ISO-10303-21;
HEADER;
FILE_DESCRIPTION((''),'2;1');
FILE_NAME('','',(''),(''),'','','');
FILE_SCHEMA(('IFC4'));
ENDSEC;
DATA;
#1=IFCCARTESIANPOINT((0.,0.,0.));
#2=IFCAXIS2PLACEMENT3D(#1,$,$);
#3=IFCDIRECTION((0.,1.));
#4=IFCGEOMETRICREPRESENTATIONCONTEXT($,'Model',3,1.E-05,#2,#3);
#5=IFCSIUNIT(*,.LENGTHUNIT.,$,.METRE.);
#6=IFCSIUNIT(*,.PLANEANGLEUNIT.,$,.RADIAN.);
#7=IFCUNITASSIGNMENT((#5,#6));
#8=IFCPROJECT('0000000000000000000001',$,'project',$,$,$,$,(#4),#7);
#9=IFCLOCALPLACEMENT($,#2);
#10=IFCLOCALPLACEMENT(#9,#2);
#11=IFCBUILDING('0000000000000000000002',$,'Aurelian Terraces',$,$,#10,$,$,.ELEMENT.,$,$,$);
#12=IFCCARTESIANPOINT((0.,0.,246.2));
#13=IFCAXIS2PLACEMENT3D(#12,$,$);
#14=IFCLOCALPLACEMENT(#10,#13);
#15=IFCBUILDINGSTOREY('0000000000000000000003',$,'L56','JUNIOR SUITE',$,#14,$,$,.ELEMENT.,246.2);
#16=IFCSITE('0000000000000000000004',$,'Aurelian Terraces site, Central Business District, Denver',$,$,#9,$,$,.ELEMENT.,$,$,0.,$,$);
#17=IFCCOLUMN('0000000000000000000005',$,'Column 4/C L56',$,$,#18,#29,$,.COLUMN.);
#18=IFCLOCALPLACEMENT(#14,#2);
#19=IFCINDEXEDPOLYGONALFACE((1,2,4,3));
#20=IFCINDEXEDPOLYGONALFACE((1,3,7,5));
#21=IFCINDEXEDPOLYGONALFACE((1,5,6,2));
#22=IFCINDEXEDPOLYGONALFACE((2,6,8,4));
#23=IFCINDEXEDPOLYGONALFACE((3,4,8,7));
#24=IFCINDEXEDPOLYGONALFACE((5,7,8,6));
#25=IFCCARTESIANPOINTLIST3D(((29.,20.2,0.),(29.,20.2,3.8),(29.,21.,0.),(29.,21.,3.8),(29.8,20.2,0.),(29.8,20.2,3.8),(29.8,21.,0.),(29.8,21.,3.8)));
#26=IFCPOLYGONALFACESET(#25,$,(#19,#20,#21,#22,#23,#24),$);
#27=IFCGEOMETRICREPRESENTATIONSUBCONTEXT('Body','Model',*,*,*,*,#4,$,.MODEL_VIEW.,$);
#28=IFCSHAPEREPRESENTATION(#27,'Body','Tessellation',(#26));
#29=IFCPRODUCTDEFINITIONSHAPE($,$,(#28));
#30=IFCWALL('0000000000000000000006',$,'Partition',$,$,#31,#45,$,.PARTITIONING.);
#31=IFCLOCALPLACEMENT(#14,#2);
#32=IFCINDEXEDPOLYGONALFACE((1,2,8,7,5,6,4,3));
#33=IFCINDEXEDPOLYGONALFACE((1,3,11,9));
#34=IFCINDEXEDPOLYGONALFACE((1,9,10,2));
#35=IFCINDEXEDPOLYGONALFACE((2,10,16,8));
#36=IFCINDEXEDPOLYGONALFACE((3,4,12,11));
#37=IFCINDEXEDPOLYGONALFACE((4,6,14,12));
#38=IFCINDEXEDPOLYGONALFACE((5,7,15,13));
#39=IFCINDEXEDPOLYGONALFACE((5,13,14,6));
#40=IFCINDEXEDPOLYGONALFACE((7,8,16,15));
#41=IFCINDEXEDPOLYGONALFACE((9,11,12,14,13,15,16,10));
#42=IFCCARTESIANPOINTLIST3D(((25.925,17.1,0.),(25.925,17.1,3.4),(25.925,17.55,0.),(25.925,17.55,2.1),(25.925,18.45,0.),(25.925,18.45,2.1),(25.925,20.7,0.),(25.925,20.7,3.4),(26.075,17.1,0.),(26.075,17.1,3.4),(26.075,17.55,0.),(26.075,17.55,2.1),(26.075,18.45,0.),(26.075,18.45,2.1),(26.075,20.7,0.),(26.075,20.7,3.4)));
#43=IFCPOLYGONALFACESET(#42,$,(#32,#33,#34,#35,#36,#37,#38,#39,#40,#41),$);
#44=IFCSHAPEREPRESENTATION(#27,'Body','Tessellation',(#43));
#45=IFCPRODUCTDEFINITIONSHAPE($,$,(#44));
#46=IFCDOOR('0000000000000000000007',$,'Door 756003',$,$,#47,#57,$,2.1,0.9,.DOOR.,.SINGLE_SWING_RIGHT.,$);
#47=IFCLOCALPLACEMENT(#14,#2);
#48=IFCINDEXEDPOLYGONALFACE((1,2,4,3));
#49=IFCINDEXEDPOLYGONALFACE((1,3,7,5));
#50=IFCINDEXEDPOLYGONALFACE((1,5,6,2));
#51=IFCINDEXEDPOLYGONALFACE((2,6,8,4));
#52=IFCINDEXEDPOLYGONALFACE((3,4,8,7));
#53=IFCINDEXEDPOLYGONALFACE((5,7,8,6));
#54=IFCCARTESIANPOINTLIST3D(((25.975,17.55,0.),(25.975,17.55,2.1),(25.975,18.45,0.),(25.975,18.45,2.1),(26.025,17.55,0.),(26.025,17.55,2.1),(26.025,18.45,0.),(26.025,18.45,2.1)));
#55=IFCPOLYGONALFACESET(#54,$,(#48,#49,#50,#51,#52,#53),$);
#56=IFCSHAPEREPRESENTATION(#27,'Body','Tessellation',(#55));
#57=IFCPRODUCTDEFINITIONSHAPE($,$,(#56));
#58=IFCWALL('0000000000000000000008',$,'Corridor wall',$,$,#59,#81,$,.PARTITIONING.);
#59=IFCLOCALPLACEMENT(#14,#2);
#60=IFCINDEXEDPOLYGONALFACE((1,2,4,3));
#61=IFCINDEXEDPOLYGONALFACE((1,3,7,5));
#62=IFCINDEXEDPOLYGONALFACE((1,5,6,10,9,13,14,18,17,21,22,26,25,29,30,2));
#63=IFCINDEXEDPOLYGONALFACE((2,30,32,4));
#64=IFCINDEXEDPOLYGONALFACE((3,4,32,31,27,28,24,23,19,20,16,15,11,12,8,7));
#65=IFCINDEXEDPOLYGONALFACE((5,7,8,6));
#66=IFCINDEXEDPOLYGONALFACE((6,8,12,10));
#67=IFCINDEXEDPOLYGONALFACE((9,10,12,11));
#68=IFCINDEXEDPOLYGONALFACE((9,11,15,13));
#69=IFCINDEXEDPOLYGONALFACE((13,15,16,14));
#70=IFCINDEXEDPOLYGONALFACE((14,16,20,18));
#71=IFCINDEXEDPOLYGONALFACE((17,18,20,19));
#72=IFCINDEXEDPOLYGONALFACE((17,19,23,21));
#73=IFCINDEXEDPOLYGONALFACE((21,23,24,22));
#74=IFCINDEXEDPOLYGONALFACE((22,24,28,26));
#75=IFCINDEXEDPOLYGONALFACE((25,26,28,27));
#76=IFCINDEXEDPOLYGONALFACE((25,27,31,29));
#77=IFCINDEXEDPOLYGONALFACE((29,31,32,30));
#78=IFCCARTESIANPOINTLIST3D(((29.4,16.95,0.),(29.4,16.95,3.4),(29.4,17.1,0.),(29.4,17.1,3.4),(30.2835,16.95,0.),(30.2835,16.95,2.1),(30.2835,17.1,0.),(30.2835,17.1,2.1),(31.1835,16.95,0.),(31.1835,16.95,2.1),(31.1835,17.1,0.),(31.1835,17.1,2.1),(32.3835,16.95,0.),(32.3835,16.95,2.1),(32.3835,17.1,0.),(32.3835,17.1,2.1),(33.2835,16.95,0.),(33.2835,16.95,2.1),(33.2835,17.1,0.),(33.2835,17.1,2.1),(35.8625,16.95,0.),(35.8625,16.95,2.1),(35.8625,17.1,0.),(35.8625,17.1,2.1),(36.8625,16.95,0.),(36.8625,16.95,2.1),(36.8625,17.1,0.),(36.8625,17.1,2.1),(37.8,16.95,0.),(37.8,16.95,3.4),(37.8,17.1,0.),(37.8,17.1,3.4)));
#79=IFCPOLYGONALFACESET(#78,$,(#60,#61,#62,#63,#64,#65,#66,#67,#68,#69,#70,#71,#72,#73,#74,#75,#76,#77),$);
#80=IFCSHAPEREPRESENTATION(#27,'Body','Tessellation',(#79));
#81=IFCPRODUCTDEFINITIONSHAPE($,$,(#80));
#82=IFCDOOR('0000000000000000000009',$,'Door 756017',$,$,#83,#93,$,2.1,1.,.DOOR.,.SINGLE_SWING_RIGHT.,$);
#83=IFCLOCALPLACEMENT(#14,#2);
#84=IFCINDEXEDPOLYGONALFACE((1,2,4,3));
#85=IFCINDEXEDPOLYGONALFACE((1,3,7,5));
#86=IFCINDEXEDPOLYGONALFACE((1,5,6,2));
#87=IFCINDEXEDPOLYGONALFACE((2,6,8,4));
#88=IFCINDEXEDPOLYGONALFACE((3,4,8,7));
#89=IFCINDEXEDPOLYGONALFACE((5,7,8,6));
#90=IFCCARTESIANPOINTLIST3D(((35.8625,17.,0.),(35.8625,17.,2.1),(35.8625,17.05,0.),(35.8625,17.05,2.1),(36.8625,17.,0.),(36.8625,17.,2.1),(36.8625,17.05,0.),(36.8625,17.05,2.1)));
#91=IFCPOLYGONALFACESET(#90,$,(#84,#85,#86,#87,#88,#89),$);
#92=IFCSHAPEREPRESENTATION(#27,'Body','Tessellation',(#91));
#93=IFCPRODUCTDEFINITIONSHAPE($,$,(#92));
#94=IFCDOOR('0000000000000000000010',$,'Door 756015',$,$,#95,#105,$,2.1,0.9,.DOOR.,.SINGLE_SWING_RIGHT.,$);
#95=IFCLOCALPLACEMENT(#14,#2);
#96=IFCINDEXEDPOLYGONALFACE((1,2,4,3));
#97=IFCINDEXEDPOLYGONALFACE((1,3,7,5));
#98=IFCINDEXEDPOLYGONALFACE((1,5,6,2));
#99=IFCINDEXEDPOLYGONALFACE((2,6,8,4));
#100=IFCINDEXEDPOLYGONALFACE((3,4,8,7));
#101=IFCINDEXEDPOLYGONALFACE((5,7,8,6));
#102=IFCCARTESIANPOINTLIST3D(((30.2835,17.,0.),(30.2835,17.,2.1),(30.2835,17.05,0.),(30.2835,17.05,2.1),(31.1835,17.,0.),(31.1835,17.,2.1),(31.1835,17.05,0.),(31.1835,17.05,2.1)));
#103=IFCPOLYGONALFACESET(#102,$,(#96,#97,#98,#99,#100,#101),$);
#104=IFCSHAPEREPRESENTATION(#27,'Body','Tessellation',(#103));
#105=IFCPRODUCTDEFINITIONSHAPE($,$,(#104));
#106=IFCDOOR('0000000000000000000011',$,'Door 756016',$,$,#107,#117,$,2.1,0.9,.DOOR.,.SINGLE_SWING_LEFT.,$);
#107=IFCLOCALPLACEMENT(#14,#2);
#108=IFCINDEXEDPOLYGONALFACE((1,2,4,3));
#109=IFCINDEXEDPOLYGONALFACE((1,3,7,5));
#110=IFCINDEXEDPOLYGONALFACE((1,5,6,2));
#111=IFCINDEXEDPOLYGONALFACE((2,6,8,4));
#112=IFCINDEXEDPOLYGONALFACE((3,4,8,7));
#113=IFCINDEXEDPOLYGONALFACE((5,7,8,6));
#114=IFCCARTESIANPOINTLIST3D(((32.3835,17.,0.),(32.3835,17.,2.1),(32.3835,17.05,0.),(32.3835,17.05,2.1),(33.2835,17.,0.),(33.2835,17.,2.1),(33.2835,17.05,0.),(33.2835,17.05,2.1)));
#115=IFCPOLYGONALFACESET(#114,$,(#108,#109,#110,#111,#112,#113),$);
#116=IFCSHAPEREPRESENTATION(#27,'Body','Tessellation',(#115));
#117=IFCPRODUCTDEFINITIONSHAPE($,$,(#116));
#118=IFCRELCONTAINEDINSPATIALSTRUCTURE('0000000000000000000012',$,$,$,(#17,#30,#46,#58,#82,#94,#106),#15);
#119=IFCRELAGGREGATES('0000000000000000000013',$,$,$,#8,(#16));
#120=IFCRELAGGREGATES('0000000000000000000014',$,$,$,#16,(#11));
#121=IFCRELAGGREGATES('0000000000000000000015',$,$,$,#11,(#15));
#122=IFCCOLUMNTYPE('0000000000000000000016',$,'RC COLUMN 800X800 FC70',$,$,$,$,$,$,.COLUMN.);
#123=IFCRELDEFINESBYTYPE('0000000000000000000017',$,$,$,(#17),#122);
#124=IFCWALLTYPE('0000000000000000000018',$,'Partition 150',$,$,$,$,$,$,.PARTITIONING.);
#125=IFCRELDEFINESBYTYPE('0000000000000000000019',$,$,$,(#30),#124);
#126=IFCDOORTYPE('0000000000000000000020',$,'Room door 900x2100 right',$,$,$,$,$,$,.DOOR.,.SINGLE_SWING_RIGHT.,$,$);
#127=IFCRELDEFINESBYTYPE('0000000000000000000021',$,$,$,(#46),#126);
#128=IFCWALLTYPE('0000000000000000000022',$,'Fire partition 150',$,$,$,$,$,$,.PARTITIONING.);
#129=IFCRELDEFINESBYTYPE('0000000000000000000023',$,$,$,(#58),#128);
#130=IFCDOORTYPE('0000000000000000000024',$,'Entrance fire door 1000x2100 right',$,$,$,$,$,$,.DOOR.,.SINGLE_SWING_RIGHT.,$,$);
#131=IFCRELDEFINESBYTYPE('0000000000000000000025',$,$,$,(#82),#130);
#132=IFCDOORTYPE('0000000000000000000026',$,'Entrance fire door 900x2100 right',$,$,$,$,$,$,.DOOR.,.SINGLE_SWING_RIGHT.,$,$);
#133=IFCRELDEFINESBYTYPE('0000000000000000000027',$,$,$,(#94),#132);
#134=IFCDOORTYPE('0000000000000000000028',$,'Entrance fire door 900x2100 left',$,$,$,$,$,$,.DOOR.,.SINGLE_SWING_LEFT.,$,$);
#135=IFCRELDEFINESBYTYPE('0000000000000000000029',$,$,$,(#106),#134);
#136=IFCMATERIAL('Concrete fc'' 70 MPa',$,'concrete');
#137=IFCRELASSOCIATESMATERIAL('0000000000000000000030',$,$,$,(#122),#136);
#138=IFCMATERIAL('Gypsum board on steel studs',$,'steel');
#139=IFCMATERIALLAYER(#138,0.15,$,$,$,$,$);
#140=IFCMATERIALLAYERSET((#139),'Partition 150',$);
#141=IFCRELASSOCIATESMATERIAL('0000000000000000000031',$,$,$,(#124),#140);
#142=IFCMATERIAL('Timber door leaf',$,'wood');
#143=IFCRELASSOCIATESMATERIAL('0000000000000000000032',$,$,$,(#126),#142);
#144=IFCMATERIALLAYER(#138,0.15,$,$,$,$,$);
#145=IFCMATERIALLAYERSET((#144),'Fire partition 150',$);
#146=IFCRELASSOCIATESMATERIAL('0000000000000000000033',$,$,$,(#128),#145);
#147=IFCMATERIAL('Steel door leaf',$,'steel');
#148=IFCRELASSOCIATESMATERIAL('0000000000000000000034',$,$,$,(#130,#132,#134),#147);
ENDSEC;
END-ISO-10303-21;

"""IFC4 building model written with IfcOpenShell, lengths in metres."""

from ifc_helpers import new_model, si_unit, direction, frame, frame_2d, origin, origin_2d, place, context, subcontext, project, spatial, rectangle, extrude, source, transform, mapped, material, layer, layer_set, material_profile, profile_set, type_object, element, fill, save


model = new_model("IFC4")

# Units and contexts
model_context = context("Model", 3, precision=1e-05, world=origin(), true_north=direction((0.0, 1.0)))
body_context = subcontext(model_context, "Body", "Model", "MODEL_VIEW")
ifc_project = project(units=[si_unit("LENGTHUNIT", "METRE"), si_unit("PLANEANGLEUNIT", "RADIAN")], contexts=[model_context])

# Site, building, storey
site_placement = place(None, origin())
site = spatial("IfcSite", under=ifc_project, at=site_placement, Name="Aurelian Terraces site, Central Business District, Denver", CompositionType="ELEMENT", RefElevation=0.0)
building_placement = place(site_placement, origin())
building = spatial("IfcBuilding", under=site, at=building_placement, Name="Aurelian Terraces", CompositionType="ELEMENT")
storey_placement = place(building_placement, frame((0.0, 0.0, 246.2)))
storey = spatial("IfcBuildingStorey", under=building, at=storey_placement, Name="L56", Description="JUNIOR SUITE", CompositionType="ELEMENT", Elevation=246.2)

# Column
ifc_material_1 = material(Name="Concrete fc' 70 MPa", Category="concrete")
ifc_material_profile = material_profile(ifc_material_1, rectangle(XDim=0.8, YDim=0.8, at=origin_2d()))
ifc_profile_set = profile_set([ifc_material_profile], Name="Concrete fc' 70 MPa")
column_type = type_object("IfcColumnType", Name="RC COLUMN 800X800 FC70", PredefinedType="COLUMN", material=ifc_profile_set)
shared_shape_1 = source(origin(), body_context, "Body", "SweptSolid", [
    extrude(rectangle(XDim=0.8, YDim=0.8, at=origin_2d()), origin(), (0.0, 0.0, 1.0), 3.8),
])
column_placement = place(storey_placement, frame((29.4, 20.6, 0.0), z_axis=(0.0, 0.0, 1.0), x_axis=(1.0, 0.0, 0.0)))
element("IfcColumn", 1, at=column_placement, inside=storey, type_object=column_type, Name="Column 4/C L56", PredefinedType="COLUMN", context=body_context, shape_type="MappedRepresentation", body=[
    mapped(shared_shape_1, transform((0.0, 0.0, 0.0), scale=1.0)),
])

# Wall, opening, door
ifc_material_2 = material(Name="Gypsum board on steel studs", Category="steel")
ifc_layer_1 = layer(ifc_material_2, 0.15)
ifc_layer_set_1 = layer_set([ifc_layer_1], Name="Partition 150")
wall_type_1 = type_object("IfcWallType", Name="Partition 150", PredefinedType="PARTITIONING", material=ifc_layer_set_1)
shared_shape_2 = source(origin(), body_context, "Body", "SweptSolid", [
    extrude(rectangle(XDim=3.6, YDim=0.15, at=frame_2d((1.8, 0.0))), origin(), (0.0, 0.0, 1.0), 3.4),
])
wall_1_placement = place(storey_placement, frame((26.0, 20.7, 0.0), z_axis=(0.0, 0.0, 1.0), x_axis=(0.0, -1.0, 0.0)))
wall_1 = element("IfcWall", 2, at=wall_1_placement, inside=storey, type_object=wall_type_1, Name="Partition", PredefinedType="PARTITIONING", context=body_context, shape_type="MappedRepresentation", body=[
    mapped(shared_shape_2, transform((0.0, 0.0, 0.0), scale=1.0)),
])
shared_shape_3 = source(origin(), body_context, "Body", "SweptSolid", [
    extrude(rectangle(XDim=0.9, YDim=2.1, at=frame_2d((0.45, 1.05))), frame((0.0, 0.085, 0.0), z_axis=(0.0, -1.0, 0.0), x_axis=(1.0, 0.0, 0.0)), (0.0, 0.0, 1.0), 0.17),
])
opening_1_placement = place(wall_1_placement, frame((2.25, 0.0, 0.0)))
opening_1 = element("IfcOpeningElement", 3, at=opening_1_placement, cuts=wall_1, PredefinedType="OPENING", context=body_context, shape_type="MappedRepresentation", body=[
    mapped(shared_shape_3, transform((0.0, 0.0, 0.0), scale=1.0)),
])
ifc_material_3 = material(Name="Timber door leaf", Category="wood")
door_type_1 = type_object("IfcDoorType", Name="Room door 900x2100 right", OperationType="SINGLE_SWING_RIGHT", PredefinedType="DOOR", material=ifc_material_3)
shared_shape_4 = source(origin(), body_context, "Body", "SweptSolid", [
    extrude(rectangle(XDim=0.9, YDim=2.1, at=frame_2d((0.45, 1.05))), frame((0.0, 0.025, 0.0), z_axis=(0.0, -1.0, 0.0), x_axis=(1.0, 0.0, 0.0)), (0.0, 0.0, 1.0), 0.05),
])
door_1_placement = place(opening_1_placement, origin())
door_1 = element("IfcDoor", 4, at=door_1_placement, inside=storey, type_object=door_type_1, Name="Door 756003", OperationType="SINGLE_SWING_RIGHT", OverallHeight=2.1, OverallWidth=0.9, PredefinedType="DOOR", context=body_context, shape_type="MappedRepresentation", body=[
    mapped(shared_shape_4, transform((0.0, 0.0, 0.0), scale=1.0)),
])
fill(opening_1, door_1)

# Wall, openings, doors
ifc_layer_2 = layer(ifc_material_2, 0.15)
ifc_layer_set_2 = layer_set([ifc_layer_2], Name="Fire partition 150")
wall_type_2 = type_object("IfcWallType", Name="Fire partition 150", PredefinedType="PARTITIONING", material=ifc_layer_set_2)
shared_shape_5 = source(origin(), body_context, "Body", "SweptSolid", [
    extrude(rectangle(XDim=8.4, YDim=0.15, at=frame_2d((4.2, 0.0))), origin(), (0.0, 0.0, 1.0), 3.4),
])
wall_2_placement = place(storey_placement, frame((29.4, 17.025, 0.0), z_axis=(0.0, 0.0, 1.0), x_axis=(1.0, 0.0, 0.0)))
wall_2 = element("IfcWall", 5, at=wall_2_placement, inside=storey, type_object=wall_type_2, Name="Corridor wall", PredefinedType="PARTITIONING", context=body_context, shape_type="MappedRepresentation", body=[
    mapped(shared_shape_5, transform((0.0, 0.0, 0.0), scale=1.0)),
])
opening_2_placement = place(wall_2_placement, frame((0.8835, 0.0, 0.0)))
opening_2 = element("IfcOpeningElement", 6, at=opening_2_placement, cuts=wall_2, PredefinedType="OPENING", context=body_context, shape_type="MappedRepresentation", body=[
    mapped(shared_shape_3, transform((0.0, 0.0, 0.0), scale=1.0)),
])
opening_3_placement = place(wall_2_placement, frame((2.9835, 0.0, 0.0)))
opening_3 = element("IfcOpeningElement", 7, at=opening_3_placement, cuts=wall_2, PredefinedType="OPENING", context=body_context, shape_type="MappedRepresentation", body=[
    mapped(shared_shape_3, transform((0.0, 0.0, 0.0), scale=1.0)),
])
shared_shape_6 = source(origin(), body_context, "Body", "SweptSolid", [
    extrude(rectangle(XDim=1.0, YDim=2.1, at=frame_2d((0.5, 1.05))), frame((0.0, 0.085, 0.0), z_axis=(0.0, -1.0, 0.0), x_axis=(1.0, 0.0, 0.0)), (0.0, 0.0, 1.0), 0.17),
])
opening_4_placement = place(wall_2_placement, frame((6.4625, 0.0, 0.0)))
opening_4 = element("IfcOpeningElement", 8, at=opening_4_placement, cuts=wall_2, PredefinedType="OPENING", context=body_context, shape_type="MappedRepresentation", body=[
    mapped(shared_shape_6, transform((0.0, 0.0, 0.0), scale=1.0)),
])
ifc_material_4 = material(Name="Steel door leaf", Category="steel")
door_type_2 = type_object("IfcDoorType", Name="Entrance fire door 1000x2100 right", OperationType="SINGLE_SWING_RIGHT", PredefinedType="DOOR", material=ifc_material_4)
shared_shape_7 = source(origin(), body_context, "Body", "SweptSolid", [
    extrude(rectangle(XDim=1.0, YDim=2.1, at=frame_2d((0.5, 1.05))), frame((0.0, 0.025, 0.0), z_axis=(0.0, -1.0, 0.0), x_axis=(1.0, 0.0, 0.0)), (0.0, 0.0, 1.0), 0.05),
])
door_2_placement = place(opening_4_placement, origin())
door_2 = element("IfcDoor", 9, at=door_2_placement, inside=storey, type_object=door_type_2, Name="Door 756017", OperationType="SINGLE_SWING_RIGHT", OverallHeight=2.1, OverallWidth=1.0, PredefinedType="DOOR", context=body_context, shape_type="MappedRepresentation", body=[
    mapped(shared_shape_7, transform((0.0, 0.0, 0.0), scale=1.0)),
])
fill(opening_4, door_2)
door_type_3 = type_object("IfcDoorType", Name="Entrance fire door 900x2100 right", OperationType="SINGLE_SWING_RIGHT", PredefinedType="DOOR", material=ifc_material_4)
door_3_placement = place(opening_2_placement, origin())
door_3 = element("IfcDoor", 10, at=door_3_placement, inside=storey, type_object=door_type_3, Name="Door 756015", OperationType="SINGLE_SWING_RIGHT", OverallHeight=2.1, OverallWidth=0.9, PredefinedType="DOOR", context=body_context, shape_type="MappedRepresentation", body=[
    mapped(shared_shape_4, transform((0.0, 0.0, 0.0), scale=1.0)),
])
fill(opening_2, door_3)
door_type_4 = type_object("IfcDoorType", Name="Entrance fire door 900x2100 left", OperationType="SINGLE_SWING_LEFT", PredefinedType="DOOR", material=ifc_material_4)
door_4_placement = place(opening_3_placement, origin())
door_4 = element("IfcDoor", 11, at=door_4_placement, inside=storey, type_object=door_type_4, Name="Door 756016", OperationType="SINGLE_SWING_LEFT", OverallHeight=2.1, OverallWidth=0.9, PredefinedType="DOOR", context=body_context, shape_type="MappedRepresentation", body=[
    mapped(shared_shape_4, transform((0.0, 0.0, 0.0), scale=1.0)),
])
fill(opening_3, door_4)

save(model, "model.ifc")
